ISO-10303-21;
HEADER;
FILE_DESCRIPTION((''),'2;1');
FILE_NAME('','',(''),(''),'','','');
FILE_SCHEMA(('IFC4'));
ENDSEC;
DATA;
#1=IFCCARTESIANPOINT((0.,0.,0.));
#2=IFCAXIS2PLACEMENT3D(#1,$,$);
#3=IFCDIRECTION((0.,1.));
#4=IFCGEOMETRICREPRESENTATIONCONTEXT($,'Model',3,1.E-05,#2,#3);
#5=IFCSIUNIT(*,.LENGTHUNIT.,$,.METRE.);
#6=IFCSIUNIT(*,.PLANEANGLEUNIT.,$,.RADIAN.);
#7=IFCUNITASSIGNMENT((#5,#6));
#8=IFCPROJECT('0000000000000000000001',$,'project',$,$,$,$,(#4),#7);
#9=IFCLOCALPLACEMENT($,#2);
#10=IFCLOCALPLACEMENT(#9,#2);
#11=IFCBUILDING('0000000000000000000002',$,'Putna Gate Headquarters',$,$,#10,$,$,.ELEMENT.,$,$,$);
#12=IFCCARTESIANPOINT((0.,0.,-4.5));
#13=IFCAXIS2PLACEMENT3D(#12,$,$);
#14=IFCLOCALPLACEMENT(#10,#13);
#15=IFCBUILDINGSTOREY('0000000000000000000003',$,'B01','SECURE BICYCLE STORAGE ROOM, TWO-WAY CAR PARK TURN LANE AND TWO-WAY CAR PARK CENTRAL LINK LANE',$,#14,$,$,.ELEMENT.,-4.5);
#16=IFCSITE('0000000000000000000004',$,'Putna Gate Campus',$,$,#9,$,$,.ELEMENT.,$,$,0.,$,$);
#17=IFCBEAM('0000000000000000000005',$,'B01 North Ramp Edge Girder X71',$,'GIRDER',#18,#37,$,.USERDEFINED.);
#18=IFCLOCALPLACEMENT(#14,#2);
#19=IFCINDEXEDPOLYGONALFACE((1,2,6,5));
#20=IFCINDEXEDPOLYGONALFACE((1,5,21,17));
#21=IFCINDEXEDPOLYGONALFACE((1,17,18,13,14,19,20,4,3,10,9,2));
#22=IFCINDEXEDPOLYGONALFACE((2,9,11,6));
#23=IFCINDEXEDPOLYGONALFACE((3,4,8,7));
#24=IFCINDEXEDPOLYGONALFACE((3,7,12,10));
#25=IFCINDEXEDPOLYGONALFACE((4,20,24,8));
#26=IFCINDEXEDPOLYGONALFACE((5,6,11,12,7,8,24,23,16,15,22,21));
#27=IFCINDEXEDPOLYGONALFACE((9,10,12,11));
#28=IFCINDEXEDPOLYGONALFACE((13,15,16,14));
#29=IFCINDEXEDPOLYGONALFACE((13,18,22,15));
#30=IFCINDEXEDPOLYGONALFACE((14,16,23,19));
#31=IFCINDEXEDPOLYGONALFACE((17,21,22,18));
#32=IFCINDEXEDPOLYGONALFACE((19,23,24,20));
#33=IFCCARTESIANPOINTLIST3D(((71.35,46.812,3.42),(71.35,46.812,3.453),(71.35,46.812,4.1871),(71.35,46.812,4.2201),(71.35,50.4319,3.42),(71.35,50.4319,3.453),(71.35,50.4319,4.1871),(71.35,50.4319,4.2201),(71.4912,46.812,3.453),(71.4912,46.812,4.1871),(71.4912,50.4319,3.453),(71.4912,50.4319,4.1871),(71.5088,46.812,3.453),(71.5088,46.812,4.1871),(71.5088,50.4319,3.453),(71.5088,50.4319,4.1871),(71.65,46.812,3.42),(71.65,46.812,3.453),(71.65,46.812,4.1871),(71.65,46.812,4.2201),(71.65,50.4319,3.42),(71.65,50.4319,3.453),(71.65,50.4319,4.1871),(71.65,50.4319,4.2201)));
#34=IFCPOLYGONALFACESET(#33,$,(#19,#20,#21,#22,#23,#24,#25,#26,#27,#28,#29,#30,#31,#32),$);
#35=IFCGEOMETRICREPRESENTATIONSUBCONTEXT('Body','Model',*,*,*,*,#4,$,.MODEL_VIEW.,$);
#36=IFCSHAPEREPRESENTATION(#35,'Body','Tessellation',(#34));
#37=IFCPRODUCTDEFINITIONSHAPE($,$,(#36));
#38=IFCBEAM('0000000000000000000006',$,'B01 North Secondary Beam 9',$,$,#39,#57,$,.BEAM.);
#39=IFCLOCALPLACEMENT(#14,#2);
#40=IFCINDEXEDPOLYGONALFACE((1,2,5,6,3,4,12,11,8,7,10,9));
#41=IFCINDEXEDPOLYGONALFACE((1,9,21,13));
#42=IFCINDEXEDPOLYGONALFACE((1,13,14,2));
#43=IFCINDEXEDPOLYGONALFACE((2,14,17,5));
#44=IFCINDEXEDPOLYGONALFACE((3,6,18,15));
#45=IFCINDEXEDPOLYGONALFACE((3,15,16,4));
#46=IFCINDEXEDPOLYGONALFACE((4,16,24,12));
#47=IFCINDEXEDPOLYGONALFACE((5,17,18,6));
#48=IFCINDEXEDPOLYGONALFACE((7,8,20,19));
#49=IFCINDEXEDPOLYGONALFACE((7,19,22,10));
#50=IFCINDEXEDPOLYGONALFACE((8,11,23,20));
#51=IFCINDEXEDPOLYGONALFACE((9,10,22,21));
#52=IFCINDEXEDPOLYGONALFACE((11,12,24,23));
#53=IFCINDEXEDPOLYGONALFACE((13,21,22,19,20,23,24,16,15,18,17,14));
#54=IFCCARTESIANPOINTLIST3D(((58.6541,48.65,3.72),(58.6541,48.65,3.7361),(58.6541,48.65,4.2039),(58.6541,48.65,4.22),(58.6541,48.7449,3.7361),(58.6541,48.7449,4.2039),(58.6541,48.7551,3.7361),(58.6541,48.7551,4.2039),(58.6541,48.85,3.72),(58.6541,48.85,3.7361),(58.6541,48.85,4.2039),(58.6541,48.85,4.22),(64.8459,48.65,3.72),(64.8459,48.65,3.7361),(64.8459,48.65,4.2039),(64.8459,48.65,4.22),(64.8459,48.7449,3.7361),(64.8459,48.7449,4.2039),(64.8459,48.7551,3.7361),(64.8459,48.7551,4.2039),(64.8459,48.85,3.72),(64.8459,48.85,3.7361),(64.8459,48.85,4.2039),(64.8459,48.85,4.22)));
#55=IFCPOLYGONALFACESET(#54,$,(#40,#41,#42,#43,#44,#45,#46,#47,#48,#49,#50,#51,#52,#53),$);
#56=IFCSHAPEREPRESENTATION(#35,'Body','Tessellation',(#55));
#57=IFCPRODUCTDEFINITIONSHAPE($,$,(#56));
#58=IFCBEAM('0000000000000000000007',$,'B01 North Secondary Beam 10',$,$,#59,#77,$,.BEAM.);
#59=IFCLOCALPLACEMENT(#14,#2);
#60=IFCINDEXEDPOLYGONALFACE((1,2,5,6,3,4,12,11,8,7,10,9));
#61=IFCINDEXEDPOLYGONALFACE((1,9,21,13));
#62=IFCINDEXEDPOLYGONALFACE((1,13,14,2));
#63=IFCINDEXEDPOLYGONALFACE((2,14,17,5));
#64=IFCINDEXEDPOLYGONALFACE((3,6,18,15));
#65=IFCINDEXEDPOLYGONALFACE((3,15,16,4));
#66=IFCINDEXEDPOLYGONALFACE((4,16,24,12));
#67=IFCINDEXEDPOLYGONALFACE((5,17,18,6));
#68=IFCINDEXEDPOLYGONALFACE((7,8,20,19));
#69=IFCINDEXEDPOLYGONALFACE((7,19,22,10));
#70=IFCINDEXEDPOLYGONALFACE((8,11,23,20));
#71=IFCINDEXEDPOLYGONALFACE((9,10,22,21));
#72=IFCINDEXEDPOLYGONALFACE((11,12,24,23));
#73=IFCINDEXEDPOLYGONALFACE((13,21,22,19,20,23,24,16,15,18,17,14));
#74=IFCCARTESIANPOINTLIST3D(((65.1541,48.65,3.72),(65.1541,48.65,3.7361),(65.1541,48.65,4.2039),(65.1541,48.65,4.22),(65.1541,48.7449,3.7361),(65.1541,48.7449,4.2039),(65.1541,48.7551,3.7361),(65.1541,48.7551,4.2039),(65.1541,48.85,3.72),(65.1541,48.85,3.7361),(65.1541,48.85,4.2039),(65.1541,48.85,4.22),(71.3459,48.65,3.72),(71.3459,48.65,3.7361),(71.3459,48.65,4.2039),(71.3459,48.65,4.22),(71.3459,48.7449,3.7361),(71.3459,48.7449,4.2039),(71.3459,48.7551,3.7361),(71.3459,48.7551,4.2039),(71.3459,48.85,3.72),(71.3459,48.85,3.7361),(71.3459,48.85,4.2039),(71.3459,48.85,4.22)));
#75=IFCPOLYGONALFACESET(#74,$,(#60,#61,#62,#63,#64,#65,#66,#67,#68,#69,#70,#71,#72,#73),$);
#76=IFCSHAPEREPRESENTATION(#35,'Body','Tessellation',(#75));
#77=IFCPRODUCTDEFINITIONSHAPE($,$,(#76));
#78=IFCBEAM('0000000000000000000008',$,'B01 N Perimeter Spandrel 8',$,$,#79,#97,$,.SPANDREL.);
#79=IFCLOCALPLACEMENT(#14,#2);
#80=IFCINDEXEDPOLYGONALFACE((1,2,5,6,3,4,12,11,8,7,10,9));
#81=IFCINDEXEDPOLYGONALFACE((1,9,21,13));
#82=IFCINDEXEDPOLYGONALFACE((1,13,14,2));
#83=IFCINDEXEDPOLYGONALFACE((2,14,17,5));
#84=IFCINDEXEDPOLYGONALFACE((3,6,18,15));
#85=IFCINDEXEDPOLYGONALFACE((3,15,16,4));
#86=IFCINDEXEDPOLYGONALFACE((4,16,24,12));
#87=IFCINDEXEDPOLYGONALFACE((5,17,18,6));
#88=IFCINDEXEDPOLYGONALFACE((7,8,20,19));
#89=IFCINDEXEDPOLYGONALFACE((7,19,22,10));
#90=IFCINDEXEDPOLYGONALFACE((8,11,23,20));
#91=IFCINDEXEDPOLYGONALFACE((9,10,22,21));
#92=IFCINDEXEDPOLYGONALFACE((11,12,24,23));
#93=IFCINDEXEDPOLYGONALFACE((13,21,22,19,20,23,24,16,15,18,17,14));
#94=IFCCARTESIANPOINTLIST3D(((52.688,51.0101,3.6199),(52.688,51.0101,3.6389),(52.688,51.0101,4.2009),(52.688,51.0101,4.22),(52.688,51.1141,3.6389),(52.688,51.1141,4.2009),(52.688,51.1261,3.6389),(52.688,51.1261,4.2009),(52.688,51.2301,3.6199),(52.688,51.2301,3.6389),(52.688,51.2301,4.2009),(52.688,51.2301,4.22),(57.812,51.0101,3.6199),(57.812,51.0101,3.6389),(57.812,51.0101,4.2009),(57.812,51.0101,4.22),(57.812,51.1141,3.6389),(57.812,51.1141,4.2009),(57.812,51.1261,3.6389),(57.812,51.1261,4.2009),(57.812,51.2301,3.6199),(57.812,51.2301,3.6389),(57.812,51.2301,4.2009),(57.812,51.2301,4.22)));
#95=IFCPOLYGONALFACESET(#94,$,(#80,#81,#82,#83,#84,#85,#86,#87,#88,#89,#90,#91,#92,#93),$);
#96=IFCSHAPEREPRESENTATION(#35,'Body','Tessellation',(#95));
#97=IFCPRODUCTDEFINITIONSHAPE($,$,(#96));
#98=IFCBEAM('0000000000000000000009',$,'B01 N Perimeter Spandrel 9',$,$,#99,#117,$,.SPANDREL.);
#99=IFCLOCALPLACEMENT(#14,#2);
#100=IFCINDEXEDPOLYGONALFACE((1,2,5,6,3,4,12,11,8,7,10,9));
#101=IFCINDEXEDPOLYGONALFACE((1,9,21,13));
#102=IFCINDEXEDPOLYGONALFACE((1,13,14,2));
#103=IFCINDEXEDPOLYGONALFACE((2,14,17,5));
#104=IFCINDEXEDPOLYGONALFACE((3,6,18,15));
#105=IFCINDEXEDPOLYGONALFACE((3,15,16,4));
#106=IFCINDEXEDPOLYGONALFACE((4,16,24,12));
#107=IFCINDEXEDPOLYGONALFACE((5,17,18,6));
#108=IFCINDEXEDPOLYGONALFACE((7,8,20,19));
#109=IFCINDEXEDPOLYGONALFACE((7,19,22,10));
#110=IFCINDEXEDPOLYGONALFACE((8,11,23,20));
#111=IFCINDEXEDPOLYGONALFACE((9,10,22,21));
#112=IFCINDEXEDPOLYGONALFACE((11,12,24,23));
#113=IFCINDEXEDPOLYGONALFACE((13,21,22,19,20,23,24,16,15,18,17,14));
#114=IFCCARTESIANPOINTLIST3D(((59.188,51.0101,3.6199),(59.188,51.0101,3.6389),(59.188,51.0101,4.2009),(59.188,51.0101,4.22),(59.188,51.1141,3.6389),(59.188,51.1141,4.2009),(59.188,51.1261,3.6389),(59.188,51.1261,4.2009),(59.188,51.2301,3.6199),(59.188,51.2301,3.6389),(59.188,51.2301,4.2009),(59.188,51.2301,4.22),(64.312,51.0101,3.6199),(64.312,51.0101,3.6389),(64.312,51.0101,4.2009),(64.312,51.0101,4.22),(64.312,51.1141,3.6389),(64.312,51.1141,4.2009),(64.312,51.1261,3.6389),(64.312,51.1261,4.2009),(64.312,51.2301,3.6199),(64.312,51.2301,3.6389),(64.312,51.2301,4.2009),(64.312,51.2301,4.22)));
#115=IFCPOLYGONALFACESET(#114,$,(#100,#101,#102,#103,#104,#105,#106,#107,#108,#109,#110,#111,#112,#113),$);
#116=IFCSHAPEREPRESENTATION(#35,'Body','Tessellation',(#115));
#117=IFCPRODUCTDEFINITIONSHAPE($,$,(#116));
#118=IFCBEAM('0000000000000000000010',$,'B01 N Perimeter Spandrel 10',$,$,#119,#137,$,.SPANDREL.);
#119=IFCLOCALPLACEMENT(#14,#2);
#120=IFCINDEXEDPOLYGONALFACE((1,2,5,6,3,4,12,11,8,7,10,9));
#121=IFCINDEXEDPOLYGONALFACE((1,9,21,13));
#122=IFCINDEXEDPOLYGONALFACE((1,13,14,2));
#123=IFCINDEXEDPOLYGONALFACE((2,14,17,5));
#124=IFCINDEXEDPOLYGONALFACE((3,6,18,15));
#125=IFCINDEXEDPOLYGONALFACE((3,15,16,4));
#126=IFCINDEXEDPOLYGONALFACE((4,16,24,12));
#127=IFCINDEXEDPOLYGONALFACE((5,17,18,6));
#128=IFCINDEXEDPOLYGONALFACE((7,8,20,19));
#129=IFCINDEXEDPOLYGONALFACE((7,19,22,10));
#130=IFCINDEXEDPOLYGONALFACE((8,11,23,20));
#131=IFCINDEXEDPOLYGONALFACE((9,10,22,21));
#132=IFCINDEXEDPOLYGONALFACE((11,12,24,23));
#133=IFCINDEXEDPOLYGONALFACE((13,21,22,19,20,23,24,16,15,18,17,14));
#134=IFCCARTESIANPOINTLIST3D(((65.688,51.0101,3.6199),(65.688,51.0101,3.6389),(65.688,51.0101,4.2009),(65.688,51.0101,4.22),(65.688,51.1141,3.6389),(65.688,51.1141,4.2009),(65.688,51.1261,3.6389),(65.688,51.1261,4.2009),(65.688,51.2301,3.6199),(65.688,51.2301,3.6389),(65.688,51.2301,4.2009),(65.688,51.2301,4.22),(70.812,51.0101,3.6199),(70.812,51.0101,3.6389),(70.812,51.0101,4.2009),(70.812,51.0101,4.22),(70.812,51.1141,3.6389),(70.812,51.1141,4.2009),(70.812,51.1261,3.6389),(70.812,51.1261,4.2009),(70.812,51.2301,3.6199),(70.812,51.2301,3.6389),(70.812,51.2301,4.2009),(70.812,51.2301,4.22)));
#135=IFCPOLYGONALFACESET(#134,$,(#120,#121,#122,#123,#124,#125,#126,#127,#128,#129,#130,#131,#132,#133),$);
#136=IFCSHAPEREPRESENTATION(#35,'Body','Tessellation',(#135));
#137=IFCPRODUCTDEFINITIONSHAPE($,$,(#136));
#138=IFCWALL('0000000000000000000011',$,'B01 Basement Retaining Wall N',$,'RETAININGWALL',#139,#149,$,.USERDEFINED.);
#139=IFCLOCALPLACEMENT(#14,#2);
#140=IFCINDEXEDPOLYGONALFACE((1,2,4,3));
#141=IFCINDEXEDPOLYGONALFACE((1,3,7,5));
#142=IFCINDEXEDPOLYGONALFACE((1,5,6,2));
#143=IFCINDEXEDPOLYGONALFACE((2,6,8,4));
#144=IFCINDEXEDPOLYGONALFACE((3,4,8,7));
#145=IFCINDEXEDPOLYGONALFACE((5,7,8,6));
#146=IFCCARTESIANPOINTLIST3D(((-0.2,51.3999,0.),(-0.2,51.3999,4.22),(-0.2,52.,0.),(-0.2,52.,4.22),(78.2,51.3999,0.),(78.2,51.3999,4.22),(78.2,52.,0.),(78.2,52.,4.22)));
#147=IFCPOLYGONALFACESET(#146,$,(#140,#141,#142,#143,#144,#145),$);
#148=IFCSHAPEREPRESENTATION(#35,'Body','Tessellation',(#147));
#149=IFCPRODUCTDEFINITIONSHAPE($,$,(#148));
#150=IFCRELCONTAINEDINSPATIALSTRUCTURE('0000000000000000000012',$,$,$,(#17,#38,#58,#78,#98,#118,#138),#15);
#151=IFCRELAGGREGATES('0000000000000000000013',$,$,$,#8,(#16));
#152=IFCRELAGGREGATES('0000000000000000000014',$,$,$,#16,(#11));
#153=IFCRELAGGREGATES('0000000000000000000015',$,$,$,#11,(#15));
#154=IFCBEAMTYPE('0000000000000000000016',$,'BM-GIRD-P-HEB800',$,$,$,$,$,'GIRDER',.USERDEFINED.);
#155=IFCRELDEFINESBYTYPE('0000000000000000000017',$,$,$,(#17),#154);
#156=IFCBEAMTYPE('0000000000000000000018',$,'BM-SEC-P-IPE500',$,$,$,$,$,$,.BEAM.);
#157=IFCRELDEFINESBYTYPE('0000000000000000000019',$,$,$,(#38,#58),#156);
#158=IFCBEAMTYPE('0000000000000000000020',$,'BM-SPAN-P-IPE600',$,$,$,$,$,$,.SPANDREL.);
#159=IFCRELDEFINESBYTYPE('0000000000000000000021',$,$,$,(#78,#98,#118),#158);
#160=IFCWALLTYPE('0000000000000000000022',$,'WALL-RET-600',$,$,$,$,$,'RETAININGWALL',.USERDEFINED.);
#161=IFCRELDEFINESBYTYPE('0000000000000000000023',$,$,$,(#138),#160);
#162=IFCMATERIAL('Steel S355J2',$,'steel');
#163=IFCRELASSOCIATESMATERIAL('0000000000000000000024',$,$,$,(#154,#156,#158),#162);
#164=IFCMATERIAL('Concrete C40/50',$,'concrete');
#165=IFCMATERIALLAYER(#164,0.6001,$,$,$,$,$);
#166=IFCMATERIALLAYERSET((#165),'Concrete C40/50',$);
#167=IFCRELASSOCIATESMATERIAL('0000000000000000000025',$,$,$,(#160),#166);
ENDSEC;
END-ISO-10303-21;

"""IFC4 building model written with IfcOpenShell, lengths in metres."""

from ifc_helpers import new_model, si_unit, direction, frame, frame_2d, origin, origin_2d, place, context, subcontext, project, spatial, rectangle, i_section, extrude, material, layer, layer_set, material_profile, profile_set, type_object, element, save


model = new_model("IFC4")

# Units and contexts
model_context = context("Model", 3, precision=1e-05, world=origin(), true_north=direction((0.0, 1.0)))
body_context = subcontext(model_context, "Body", "Model", "MODEL_VIEW")
ifc_project = project(units=[si_unit("LENGTHUNIT", "METRE"), si_unit("PLANEANGLEUNIT", "RADIAN")], contexts=[model_context])

# Site, building, storey
site_placement = place(None, origin())
site = spatial("IfcSite", under=ifc_project, at=site_placement, Name="Putna Gate Campus", CompositionType="ELEMENT", RefElevation=0.0)
building_placement = place(site_placement, origin())
building = spatial("IfcBuilding", under=site, at=building_placement, Name="Putna Gate Headquarters", CompositionType="ELEMENT")
storey_placement = place(building_placement, frame((0.0, 0.0, -4.5)))
storey = spatial("IfcBuildingStorey", under=building, at=storey_placement, Name="B01", Description="SECURE BICYCLE STORAGE ROOM, TWO-WAY CAR PARK TURN LANE AND TWO-WAY CAR PARK CENTRAL LINK LANE", CompositionType="ELEMENT", Elevation=-4.5)

# Beams
ifc_material_1 = material(Name="Steel S355J2", Category="steel")
ifc_material_profile_1 = material_profile(ifc_material_1, i_section(OverallWidth=0.3, OverallDepth=0.8, WebThickness=0.0176, FlangeThickness=0.033, at=origin_2d()), Name="Steel S355J2")
ifc_profile_set_1 = profile_set([ifc_material_profile_1], Name="Steel S355J2")
beam_type_1 = type_object("IfcBeamType", Name="BM-GIRD-P-HEB800", ElementType="GIRDER", PredefinedType="USERDEFINED", material=ifc_profile_set_1)
for number, where, z_axis, x_axis, name in (
    (1, (71.5, 46.812, 3.8201), (0.0, 1.0, 0.0), (-1.0, 0.0, 0.0), "B01 North Ramp Edge Girder X71"),
):
    element("IfcBeam", number, at=place(storey_placement, frame(where, z_axis=z_axis, x_axis=x_axis)), inside=storey, type_object=beam_type_1, Name=name, ObjectType="GIRDER", PredefinedType="USERDEFINED", context=body_context, shape_type="SweptSolid", body=[
        extrude(i_section(OverallWidth=0.3, OverallDepth=0.8, WebThickness=0.0176, FlangeThickness=0.033, at=origin_2d()), origin(), (0.0, 0.0, 1.0), 3.6199),
    ])
ifc_material_profile_2 = material_profile(ifc_material_1, i_section(OverallWidth=0.2, OverallDepth=0.5, WebThickness=0.0103, FlangeThickness=0.0161, at=origin_2d()), Name="Steel S355J2")
ifc_profile_set_2 = profile_set([ifc_material_profile_2], Name="Steel S355J2")
beam_type_2 = type_object("IfcBeamType", Name="BM-SEC-P-IPE500", PredefinedType="BEAM", material=ifc_profile_set_2)
for number, where, z_axis, x_axis, name in (
    (2, (58.6541, 48.75, 3.97), (1.0, 0.0, 0.0), (0.0, 1.0, 0.0), "B01 North Secondary Beam 9"),
    (3, (65.1541, 48.75, 3.97), (1.0, 0.0, 0.0), (0.0, 1.0, 0.0), "B01 North Secondary Beam 10"),
):
    element("IfcBeam", number, at=place(storey_placement, frame(where, z_axis=z_axis, x_axis=x_axis)), inside=storey, type_object=beam_type_2, Name=name, PredefinedType="BEAM", context=body_context, shape_type="SweptSolid", body=[
        extrude(i_section(OverallWidth=0.2, OverallDepth=0.5, WebThickness=0.0103, FlangeThickness=0.0161, at=origin_2d()), origin(), (0.0, 0.0, 1.0), 6.1919),
    ])
ifc_material_profile_3 = material_profile(ifc_material_1, i_section(OverallWidth=0.22, OverallDepth=0.6001, WebThickness=0.012, FlangeThickness=0.019, at=origin_2d()), Name="Steel S355J2")
ifc_profile_set_3 = profile_set([ifc_material_profile_3], Name="Steel S355J2")
beam_type_3 = type_object("IfcBeamType", Name="BM-SPAN-P-IPE600", PredefinedType="SPANDREL", material=ifc_profile_set_3)
for number, where, z_axis, x_axis, name in (
    (4, (52.688, 51.1201, 3.9199), (1.0, 0.0, 0.0), (0.0, 1.0, 0.0), "B01 N Perimeter Spandrel 8"),
    (5, (59.188, 51.1201, 3.9199), (1.0, 0.0, 0.0), (0.0, 1.0, 0.0), "B01 N Perimeter Spandrel 9"),
    (6, (65.688, 51.1201, 3.9199), (1.0, 0.0, 0.0), (0.0, 1.0, 0.0), "B01 N Perimeter Spandrel 10"),
):
    element("IfcBeam", number, at=place(storey_placement, frame(where, z_axis=z_axis, x_axis=x_axis)), inside=storey, type_object=beam_type_3, Name=name, PredefinedType="SPANDREL", context=body_context, shape_type="SweptSolid", body=[
        extrude(i_section(OverallWidth=0.22, OverallDepth=0.6001, WebThickness=0.012, FlangeThickness=0.019, at=origin_2d()), origin(), (0.0, 0.0, 1.0), 5.124),
    ])

# Wall
ifc_material_2 = material(Name="Concrete C40/50", Category="concrete")
ifc_layer = layer(ifc_material_2, 0.6001)
ifc_layer_set = layer_set([ifc_layer], Name="Concrete C40/50")
wall_type = type_object("IfcWallType", Name="WALL-RET-600", ElementType="RETAININGWALL", PredefinedType="USERDEFINED", material=ifc_layer_set)
wall_placement = place(storey_placement, frame((78.2, 51.7, 0.0), z_axis=(0.0, 0.0, 1.0), x_axis=(-1.0, 0.0, 0.0)))
element("IfcWall", 7, at=wall_placement, inside=storey, type_object=wall_type, Name="B01 Basement Retaining Wall N", ObjectType="RETAININGWALL", PredefinedType="USERDEFINED", context=body_context, shape_type="SweptSolid", body=[
    extrude(rectangle(XDim=78.3999, YDim=0.6001, at=frame_2d((39.2, 0.0))), origin(), (0.0, 0.0, 1.0), 4.22),
])

save(model, "model.ifc")
